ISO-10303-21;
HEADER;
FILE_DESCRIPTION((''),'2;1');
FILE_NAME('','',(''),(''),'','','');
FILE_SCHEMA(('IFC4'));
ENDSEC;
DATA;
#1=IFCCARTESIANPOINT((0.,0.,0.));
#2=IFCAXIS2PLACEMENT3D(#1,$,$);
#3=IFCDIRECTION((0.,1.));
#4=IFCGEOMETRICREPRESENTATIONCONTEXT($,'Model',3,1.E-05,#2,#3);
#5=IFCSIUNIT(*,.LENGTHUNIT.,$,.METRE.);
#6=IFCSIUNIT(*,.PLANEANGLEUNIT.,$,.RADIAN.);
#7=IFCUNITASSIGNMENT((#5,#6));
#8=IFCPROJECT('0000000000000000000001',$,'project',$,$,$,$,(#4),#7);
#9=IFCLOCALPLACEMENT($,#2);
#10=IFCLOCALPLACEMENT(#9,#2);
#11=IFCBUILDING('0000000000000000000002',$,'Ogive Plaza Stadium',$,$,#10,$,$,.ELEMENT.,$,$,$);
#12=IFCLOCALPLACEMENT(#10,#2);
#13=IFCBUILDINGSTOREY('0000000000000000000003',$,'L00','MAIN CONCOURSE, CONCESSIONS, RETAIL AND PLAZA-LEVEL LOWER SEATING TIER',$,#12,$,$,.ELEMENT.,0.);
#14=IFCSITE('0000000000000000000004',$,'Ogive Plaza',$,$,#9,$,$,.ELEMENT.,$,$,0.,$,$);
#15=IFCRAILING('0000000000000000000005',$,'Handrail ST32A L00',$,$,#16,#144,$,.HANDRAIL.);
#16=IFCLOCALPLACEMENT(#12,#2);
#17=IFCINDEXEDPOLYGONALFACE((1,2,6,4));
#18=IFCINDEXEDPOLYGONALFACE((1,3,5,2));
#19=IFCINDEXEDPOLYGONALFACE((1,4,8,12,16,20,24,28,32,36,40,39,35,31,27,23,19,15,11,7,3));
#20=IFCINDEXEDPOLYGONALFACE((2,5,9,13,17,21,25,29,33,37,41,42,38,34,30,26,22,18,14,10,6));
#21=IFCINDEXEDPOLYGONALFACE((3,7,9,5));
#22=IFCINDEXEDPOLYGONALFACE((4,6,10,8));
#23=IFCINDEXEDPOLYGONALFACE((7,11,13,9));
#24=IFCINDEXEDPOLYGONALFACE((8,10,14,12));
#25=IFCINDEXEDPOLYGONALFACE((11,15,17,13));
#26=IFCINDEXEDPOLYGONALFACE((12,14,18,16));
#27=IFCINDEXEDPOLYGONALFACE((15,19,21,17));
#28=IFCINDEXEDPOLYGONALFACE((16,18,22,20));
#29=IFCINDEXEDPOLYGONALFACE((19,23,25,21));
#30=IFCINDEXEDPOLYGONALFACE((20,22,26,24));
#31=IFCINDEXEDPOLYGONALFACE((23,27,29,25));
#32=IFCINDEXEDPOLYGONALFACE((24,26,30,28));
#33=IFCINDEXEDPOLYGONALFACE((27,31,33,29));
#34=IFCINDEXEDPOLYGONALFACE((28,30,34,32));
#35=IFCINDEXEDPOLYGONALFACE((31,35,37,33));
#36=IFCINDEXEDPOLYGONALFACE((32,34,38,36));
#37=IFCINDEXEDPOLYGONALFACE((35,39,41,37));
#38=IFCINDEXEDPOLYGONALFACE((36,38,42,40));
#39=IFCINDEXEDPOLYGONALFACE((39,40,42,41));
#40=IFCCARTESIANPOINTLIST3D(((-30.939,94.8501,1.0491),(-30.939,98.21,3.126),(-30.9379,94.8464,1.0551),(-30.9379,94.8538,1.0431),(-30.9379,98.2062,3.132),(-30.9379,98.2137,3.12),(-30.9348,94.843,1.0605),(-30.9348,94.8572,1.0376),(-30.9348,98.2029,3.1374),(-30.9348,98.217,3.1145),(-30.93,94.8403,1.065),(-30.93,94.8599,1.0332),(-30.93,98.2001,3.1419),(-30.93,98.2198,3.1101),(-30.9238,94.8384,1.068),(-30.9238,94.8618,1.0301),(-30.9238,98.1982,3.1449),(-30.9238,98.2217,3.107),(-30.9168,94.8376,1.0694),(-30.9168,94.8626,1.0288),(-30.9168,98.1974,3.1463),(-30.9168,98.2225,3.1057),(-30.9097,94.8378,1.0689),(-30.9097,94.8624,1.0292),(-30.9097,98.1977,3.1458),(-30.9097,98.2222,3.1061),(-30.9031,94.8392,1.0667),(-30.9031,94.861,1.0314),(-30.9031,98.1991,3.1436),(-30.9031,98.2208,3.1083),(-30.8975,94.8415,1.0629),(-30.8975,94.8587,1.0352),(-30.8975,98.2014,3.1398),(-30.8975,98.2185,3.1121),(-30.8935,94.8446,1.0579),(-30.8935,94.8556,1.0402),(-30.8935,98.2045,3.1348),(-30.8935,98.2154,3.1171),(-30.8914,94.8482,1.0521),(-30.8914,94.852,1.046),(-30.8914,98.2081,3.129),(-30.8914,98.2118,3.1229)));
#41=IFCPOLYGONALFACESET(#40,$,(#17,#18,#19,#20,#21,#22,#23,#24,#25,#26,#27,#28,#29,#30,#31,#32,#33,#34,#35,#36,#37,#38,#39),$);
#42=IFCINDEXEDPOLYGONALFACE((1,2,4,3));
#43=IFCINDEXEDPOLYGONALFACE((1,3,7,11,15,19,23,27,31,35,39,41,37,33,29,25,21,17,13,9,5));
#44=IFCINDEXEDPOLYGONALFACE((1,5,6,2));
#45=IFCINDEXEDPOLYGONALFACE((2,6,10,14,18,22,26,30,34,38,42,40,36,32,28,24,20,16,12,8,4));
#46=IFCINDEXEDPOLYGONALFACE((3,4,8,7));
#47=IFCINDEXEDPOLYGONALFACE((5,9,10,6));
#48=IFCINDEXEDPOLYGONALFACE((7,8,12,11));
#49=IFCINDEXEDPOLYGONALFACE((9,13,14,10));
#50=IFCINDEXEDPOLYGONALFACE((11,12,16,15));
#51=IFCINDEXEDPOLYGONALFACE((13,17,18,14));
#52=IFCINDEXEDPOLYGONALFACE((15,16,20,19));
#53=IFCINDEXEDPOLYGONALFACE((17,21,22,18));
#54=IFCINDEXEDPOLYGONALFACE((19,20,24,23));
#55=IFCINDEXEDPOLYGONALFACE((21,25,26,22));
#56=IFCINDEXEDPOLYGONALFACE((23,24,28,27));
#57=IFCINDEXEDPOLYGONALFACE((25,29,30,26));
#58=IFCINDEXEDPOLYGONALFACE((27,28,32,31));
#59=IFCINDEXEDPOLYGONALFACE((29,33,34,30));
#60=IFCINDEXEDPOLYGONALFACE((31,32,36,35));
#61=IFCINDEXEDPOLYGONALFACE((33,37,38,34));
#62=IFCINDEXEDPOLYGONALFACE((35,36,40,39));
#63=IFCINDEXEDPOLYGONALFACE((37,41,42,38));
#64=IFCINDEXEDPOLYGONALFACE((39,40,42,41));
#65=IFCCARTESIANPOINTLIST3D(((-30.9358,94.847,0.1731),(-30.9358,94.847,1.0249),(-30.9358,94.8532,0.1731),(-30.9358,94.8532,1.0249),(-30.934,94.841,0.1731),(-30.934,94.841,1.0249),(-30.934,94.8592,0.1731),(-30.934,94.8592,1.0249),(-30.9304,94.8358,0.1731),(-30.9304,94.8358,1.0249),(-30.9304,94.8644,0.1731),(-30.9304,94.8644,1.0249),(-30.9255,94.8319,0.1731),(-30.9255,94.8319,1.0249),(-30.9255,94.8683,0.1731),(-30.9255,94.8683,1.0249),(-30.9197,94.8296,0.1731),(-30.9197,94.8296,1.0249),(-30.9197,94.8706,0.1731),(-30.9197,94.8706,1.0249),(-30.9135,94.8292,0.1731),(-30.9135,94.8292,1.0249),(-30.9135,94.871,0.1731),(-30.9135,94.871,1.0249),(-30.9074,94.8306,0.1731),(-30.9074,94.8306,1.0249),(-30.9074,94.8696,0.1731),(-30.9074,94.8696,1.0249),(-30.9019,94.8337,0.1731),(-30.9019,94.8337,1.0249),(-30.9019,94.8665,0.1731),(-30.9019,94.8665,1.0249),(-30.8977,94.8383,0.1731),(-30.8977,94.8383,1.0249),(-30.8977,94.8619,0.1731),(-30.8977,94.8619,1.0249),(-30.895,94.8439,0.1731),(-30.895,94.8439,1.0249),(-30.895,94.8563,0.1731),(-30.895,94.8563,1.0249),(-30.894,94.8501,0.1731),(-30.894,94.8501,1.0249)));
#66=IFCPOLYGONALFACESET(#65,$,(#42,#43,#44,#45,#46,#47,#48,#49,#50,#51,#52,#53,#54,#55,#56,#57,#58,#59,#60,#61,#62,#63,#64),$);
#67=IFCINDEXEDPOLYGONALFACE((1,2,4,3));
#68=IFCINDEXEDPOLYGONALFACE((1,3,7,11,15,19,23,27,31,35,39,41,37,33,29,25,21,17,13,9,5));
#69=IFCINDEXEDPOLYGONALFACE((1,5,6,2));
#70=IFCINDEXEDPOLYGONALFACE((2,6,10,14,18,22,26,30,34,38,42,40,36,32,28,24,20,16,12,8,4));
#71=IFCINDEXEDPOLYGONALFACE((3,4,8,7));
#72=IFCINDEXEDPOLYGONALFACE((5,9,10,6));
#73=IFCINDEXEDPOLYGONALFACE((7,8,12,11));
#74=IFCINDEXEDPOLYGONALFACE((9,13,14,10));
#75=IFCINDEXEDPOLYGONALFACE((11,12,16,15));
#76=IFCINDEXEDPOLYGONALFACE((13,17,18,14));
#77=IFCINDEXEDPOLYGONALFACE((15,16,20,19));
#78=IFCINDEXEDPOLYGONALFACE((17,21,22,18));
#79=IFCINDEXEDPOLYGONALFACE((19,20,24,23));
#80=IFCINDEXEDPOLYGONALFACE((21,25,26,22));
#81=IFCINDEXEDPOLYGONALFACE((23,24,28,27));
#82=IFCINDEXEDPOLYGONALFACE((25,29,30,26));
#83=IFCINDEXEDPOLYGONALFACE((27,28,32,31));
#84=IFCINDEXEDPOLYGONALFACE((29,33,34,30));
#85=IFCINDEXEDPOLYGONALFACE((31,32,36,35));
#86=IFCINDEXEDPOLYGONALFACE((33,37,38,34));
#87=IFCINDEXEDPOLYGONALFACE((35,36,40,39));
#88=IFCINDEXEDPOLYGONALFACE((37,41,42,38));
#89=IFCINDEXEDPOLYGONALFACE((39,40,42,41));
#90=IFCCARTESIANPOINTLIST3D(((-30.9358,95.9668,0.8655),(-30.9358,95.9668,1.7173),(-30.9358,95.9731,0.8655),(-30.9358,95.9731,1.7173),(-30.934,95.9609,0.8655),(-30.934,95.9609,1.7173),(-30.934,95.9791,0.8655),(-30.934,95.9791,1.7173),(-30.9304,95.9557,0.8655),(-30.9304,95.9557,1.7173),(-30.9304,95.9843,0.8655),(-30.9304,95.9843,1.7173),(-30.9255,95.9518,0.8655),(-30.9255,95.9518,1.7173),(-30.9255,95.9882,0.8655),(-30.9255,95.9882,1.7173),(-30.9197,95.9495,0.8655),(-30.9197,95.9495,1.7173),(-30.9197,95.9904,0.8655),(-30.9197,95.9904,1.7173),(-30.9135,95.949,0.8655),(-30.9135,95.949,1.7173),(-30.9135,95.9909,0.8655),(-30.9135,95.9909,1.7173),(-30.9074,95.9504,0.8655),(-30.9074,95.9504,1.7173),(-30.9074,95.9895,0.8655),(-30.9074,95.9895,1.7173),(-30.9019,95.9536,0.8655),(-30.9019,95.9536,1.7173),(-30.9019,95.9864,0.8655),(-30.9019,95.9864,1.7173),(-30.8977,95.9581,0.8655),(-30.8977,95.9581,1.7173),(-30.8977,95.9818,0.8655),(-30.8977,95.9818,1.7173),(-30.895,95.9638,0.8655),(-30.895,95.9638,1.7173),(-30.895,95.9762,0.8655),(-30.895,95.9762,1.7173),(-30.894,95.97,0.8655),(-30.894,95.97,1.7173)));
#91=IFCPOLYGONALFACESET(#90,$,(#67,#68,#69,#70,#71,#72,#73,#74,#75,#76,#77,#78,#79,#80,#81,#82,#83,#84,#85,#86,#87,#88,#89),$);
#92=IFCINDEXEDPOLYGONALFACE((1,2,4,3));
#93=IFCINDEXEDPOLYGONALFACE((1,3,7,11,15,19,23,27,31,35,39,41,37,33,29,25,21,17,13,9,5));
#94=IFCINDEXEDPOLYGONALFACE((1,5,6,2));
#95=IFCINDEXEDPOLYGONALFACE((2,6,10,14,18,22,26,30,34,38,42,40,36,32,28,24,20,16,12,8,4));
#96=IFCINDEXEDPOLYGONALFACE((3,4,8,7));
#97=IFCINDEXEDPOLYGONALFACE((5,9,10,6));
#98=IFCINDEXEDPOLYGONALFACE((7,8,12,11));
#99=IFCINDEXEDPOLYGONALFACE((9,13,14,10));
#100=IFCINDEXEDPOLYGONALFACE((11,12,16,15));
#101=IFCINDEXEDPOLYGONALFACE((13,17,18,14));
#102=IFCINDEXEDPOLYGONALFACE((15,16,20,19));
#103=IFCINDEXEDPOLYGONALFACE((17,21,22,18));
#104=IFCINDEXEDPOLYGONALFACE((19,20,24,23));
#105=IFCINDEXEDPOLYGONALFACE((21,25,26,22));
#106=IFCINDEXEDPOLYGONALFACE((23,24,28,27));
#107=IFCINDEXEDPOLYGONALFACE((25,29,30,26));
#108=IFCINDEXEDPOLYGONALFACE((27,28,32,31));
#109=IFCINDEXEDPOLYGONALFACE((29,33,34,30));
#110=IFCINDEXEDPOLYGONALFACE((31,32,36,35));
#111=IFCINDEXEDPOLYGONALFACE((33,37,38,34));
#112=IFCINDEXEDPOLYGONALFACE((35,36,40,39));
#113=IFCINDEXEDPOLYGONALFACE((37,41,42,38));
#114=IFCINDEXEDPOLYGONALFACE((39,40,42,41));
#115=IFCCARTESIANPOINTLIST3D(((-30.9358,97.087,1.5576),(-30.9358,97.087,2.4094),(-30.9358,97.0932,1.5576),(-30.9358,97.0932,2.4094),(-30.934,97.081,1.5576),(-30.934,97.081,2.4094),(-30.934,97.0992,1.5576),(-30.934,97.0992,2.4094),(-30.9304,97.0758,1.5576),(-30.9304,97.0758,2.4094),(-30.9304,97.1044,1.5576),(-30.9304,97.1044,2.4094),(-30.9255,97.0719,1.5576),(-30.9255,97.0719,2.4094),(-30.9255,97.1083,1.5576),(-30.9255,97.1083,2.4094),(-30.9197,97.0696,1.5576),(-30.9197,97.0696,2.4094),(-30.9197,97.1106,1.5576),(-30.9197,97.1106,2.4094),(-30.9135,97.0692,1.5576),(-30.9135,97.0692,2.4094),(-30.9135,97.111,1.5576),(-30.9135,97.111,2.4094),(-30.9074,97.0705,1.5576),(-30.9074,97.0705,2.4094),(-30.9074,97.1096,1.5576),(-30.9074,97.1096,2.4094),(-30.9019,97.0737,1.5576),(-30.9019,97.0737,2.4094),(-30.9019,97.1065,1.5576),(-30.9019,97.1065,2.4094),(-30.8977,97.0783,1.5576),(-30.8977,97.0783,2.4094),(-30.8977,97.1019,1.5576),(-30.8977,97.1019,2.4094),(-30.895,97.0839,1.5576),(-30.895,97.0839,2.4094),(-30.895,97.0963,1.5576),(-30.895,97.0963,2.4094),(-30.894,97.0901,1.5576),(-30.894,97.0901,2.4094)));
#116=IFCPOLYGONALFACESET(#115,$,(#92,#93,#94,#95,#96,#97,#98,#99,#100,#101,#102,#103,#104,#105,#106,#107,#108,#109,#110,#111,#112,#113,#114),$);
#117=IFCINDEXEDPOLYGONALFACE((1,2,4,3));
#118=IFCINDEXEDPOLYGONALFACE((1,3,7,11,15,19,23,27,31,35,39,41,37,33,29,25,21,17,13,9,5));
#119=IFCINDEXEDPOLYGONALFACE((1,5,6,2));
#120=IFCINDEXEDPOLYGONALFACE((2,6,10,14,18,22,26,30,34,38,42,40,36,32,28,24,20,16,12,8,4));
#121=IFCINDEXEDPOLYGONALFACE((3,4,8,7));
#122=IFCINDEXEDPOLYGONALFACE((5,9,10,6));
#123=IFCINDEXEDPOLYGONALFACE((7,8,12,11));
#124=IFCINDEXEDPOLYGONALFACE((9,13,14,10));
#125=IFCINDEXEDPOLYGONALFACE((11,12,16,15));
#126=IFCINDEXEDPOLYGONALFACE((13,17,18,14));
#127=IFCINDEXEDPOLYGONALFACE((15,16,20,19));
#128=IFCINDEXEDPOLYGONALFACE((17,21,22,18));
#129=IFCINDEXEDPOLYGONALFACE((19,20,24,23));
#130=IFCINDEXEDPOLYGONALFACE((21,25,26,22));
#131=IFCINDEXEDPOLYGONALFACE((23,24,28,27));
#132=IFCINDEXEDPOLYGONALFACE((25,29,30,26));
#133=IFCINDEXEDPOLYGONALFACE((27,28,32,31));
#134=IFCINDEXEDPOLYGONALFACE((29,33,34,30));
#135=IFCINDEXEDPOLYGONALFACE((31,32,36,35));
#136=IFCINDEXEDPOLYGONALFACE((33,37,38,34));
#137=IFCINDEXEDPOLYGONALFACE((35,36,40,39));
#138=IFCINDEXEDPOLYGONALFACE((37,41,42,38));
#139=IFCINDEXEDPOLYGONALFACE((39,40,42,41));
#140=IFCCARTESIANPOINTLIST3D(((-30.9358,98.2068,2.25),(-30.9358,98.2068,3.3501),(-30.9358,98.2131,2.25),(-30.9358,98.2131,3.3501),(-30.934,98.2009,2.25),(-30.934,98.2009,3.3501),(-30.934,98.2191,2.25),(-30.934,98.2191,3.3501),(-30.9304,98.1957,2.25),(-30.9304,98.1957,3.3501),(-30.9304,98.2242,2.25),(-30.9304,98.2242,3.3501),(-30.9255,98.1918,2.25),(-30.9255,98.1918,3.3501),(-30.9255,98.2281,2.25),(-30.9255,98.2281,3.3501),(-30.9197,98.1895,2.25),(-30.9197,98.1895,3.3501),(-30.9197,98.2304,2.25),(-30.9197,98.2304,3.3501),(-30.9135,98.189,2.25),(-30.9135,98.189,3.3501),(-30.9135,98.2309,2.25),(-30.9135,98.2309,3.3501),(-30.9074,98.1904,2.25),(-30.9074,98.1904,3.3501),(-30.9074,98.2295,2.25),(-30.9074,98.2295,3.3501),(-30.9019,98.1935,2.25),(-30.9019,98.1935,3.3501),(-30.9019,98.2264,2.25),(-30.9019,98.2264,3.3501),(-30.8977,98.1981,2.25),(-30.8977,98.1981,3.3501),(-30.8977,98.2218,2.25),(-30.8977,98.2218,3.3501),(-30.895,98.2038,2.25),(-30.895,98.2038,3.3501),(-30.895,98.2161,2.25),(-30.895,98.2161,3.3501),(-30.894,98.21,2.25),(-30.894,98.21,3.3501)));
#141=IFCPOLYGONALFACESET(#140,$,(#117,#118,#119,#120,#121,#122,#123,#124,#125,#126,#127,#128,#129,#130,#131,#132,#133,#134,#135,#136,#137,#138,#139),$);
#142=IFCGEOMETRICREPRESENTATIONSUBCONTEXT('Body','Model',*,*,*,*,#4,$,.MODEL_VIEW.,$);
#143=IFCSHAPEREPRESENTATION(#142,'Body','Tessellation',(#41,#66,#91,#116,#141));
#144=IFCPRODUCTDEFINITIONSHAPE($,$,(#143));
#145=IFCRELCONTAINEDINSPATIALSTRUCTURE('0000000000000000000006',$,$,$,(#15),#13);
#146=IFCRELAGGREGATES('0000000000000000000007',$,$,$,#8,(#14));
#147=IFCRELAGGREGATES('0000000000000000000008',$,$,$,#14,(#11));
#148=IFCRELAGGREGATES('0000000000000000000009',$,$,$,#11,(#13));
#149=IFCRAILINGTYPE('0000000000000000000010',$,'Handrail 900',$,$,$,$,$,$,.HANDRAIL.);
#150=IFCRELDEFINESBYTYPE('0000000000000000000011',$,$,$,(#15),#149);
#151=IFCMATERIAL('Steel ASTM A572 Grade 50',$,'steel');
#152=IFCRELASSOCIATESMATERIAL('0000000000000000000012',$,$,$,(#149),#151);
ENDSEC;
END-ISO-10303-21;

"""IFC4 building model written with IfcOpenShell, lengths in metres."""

from ifc_helpers import new_model, si_unit, direction, frame, origin, origin_2d, place, context, subcontext, project, spatial, circle, extrude, material, type_object, element, save


model = new_model("IFC4")

# Units and contexts
model_context = context("Model", 3, precision=1e-05, world=origin(), true_north=direction((0.0, 1.0)))
body_context = subcontext(model_context, "Body", "Model", "MODEL_VIEW")
ifc_project = project(units=[si_unit("LENGTHUNIT", "METRE"), si_unit("PLANEANGLEUNIT", "RADIAN")], contexts=[model_context])

# Site, building, storey
site_placement = place(None, origin())
site = spatial("IfcSite", under=ifc_project, at=site_placement, Name="Ogive Plaza", CompositionType="ELEMENT", RefElevation=0.0)
building_placement = place(site_placement, origin())
building = spatial("IfcBuilding", under=site, at=building_placement, Name="Ogive Plaza Stadium", CompositionType="ELEMENT")
storey_placement = place(building_placement, origin())
storey = spatial("IfcBuildingStorey", under=building, at=storey_placement, Name="L00", Description="MAIN CONCOURSE, CONCESSIONS, RETAIL AND PLAZA-LEVEL LOWER SEATING TIER", CompositionType="ELEMENT", Elevation=0.0)

# Railing
ifc_material_1 = material(Name="Steel ASTM A572 Grade 50", Category="steel")
railing_type_1 = type_object("IfcRailingType", Name="Handrail 900", PredefinedType="HANDRAIL", material=ifc_material_1)
for number, where, name in (
    (1, (-30.915, 94.8501, 0.1731), "Handrail ST32A L00"),
):
    element("IfcRailing", number, at=place(storey_placement, frame(where)), inside=storey, type_object=railing_type_1, Name=name, PredefinedType="HANDRAIL", context=body_context, shape_type="SweptSolid", body=[
        extrude(circle(Radius=0.0239, at=origin_2d()), frame((0.0, 0.0, 0.876), z_axis=(0.0, 0.850606, 0.525803), x_axis=(-1.0, 0.0, 0.0)), (0.0, 0.0, 1.0), 3.95),
        extrude(circle(Radius=0.021, at=origin_2d()), origin(), (0.0, 0.0, 1.0), 0.8518),
        extrude(circle(Radius=0.021, at=origin_2d()), frame((0.0, 1.1199, 0.6924)), (0.0, 0.0, 1.0), 0.8518),
        extrude(circle(Radius=0.021, at=origin_2d()), frame((0.0, 2.24, 1.3845)), (0.0, 0.0, 1.0), 0.8518),
        extrude(circle(Radius=0.021, at=origin_2d()), frame((0.0, 3.3599, 2.0769)), (0.0, 0.0, 1.0), 1.1001),
    ])

save(model, "model.ifc")
